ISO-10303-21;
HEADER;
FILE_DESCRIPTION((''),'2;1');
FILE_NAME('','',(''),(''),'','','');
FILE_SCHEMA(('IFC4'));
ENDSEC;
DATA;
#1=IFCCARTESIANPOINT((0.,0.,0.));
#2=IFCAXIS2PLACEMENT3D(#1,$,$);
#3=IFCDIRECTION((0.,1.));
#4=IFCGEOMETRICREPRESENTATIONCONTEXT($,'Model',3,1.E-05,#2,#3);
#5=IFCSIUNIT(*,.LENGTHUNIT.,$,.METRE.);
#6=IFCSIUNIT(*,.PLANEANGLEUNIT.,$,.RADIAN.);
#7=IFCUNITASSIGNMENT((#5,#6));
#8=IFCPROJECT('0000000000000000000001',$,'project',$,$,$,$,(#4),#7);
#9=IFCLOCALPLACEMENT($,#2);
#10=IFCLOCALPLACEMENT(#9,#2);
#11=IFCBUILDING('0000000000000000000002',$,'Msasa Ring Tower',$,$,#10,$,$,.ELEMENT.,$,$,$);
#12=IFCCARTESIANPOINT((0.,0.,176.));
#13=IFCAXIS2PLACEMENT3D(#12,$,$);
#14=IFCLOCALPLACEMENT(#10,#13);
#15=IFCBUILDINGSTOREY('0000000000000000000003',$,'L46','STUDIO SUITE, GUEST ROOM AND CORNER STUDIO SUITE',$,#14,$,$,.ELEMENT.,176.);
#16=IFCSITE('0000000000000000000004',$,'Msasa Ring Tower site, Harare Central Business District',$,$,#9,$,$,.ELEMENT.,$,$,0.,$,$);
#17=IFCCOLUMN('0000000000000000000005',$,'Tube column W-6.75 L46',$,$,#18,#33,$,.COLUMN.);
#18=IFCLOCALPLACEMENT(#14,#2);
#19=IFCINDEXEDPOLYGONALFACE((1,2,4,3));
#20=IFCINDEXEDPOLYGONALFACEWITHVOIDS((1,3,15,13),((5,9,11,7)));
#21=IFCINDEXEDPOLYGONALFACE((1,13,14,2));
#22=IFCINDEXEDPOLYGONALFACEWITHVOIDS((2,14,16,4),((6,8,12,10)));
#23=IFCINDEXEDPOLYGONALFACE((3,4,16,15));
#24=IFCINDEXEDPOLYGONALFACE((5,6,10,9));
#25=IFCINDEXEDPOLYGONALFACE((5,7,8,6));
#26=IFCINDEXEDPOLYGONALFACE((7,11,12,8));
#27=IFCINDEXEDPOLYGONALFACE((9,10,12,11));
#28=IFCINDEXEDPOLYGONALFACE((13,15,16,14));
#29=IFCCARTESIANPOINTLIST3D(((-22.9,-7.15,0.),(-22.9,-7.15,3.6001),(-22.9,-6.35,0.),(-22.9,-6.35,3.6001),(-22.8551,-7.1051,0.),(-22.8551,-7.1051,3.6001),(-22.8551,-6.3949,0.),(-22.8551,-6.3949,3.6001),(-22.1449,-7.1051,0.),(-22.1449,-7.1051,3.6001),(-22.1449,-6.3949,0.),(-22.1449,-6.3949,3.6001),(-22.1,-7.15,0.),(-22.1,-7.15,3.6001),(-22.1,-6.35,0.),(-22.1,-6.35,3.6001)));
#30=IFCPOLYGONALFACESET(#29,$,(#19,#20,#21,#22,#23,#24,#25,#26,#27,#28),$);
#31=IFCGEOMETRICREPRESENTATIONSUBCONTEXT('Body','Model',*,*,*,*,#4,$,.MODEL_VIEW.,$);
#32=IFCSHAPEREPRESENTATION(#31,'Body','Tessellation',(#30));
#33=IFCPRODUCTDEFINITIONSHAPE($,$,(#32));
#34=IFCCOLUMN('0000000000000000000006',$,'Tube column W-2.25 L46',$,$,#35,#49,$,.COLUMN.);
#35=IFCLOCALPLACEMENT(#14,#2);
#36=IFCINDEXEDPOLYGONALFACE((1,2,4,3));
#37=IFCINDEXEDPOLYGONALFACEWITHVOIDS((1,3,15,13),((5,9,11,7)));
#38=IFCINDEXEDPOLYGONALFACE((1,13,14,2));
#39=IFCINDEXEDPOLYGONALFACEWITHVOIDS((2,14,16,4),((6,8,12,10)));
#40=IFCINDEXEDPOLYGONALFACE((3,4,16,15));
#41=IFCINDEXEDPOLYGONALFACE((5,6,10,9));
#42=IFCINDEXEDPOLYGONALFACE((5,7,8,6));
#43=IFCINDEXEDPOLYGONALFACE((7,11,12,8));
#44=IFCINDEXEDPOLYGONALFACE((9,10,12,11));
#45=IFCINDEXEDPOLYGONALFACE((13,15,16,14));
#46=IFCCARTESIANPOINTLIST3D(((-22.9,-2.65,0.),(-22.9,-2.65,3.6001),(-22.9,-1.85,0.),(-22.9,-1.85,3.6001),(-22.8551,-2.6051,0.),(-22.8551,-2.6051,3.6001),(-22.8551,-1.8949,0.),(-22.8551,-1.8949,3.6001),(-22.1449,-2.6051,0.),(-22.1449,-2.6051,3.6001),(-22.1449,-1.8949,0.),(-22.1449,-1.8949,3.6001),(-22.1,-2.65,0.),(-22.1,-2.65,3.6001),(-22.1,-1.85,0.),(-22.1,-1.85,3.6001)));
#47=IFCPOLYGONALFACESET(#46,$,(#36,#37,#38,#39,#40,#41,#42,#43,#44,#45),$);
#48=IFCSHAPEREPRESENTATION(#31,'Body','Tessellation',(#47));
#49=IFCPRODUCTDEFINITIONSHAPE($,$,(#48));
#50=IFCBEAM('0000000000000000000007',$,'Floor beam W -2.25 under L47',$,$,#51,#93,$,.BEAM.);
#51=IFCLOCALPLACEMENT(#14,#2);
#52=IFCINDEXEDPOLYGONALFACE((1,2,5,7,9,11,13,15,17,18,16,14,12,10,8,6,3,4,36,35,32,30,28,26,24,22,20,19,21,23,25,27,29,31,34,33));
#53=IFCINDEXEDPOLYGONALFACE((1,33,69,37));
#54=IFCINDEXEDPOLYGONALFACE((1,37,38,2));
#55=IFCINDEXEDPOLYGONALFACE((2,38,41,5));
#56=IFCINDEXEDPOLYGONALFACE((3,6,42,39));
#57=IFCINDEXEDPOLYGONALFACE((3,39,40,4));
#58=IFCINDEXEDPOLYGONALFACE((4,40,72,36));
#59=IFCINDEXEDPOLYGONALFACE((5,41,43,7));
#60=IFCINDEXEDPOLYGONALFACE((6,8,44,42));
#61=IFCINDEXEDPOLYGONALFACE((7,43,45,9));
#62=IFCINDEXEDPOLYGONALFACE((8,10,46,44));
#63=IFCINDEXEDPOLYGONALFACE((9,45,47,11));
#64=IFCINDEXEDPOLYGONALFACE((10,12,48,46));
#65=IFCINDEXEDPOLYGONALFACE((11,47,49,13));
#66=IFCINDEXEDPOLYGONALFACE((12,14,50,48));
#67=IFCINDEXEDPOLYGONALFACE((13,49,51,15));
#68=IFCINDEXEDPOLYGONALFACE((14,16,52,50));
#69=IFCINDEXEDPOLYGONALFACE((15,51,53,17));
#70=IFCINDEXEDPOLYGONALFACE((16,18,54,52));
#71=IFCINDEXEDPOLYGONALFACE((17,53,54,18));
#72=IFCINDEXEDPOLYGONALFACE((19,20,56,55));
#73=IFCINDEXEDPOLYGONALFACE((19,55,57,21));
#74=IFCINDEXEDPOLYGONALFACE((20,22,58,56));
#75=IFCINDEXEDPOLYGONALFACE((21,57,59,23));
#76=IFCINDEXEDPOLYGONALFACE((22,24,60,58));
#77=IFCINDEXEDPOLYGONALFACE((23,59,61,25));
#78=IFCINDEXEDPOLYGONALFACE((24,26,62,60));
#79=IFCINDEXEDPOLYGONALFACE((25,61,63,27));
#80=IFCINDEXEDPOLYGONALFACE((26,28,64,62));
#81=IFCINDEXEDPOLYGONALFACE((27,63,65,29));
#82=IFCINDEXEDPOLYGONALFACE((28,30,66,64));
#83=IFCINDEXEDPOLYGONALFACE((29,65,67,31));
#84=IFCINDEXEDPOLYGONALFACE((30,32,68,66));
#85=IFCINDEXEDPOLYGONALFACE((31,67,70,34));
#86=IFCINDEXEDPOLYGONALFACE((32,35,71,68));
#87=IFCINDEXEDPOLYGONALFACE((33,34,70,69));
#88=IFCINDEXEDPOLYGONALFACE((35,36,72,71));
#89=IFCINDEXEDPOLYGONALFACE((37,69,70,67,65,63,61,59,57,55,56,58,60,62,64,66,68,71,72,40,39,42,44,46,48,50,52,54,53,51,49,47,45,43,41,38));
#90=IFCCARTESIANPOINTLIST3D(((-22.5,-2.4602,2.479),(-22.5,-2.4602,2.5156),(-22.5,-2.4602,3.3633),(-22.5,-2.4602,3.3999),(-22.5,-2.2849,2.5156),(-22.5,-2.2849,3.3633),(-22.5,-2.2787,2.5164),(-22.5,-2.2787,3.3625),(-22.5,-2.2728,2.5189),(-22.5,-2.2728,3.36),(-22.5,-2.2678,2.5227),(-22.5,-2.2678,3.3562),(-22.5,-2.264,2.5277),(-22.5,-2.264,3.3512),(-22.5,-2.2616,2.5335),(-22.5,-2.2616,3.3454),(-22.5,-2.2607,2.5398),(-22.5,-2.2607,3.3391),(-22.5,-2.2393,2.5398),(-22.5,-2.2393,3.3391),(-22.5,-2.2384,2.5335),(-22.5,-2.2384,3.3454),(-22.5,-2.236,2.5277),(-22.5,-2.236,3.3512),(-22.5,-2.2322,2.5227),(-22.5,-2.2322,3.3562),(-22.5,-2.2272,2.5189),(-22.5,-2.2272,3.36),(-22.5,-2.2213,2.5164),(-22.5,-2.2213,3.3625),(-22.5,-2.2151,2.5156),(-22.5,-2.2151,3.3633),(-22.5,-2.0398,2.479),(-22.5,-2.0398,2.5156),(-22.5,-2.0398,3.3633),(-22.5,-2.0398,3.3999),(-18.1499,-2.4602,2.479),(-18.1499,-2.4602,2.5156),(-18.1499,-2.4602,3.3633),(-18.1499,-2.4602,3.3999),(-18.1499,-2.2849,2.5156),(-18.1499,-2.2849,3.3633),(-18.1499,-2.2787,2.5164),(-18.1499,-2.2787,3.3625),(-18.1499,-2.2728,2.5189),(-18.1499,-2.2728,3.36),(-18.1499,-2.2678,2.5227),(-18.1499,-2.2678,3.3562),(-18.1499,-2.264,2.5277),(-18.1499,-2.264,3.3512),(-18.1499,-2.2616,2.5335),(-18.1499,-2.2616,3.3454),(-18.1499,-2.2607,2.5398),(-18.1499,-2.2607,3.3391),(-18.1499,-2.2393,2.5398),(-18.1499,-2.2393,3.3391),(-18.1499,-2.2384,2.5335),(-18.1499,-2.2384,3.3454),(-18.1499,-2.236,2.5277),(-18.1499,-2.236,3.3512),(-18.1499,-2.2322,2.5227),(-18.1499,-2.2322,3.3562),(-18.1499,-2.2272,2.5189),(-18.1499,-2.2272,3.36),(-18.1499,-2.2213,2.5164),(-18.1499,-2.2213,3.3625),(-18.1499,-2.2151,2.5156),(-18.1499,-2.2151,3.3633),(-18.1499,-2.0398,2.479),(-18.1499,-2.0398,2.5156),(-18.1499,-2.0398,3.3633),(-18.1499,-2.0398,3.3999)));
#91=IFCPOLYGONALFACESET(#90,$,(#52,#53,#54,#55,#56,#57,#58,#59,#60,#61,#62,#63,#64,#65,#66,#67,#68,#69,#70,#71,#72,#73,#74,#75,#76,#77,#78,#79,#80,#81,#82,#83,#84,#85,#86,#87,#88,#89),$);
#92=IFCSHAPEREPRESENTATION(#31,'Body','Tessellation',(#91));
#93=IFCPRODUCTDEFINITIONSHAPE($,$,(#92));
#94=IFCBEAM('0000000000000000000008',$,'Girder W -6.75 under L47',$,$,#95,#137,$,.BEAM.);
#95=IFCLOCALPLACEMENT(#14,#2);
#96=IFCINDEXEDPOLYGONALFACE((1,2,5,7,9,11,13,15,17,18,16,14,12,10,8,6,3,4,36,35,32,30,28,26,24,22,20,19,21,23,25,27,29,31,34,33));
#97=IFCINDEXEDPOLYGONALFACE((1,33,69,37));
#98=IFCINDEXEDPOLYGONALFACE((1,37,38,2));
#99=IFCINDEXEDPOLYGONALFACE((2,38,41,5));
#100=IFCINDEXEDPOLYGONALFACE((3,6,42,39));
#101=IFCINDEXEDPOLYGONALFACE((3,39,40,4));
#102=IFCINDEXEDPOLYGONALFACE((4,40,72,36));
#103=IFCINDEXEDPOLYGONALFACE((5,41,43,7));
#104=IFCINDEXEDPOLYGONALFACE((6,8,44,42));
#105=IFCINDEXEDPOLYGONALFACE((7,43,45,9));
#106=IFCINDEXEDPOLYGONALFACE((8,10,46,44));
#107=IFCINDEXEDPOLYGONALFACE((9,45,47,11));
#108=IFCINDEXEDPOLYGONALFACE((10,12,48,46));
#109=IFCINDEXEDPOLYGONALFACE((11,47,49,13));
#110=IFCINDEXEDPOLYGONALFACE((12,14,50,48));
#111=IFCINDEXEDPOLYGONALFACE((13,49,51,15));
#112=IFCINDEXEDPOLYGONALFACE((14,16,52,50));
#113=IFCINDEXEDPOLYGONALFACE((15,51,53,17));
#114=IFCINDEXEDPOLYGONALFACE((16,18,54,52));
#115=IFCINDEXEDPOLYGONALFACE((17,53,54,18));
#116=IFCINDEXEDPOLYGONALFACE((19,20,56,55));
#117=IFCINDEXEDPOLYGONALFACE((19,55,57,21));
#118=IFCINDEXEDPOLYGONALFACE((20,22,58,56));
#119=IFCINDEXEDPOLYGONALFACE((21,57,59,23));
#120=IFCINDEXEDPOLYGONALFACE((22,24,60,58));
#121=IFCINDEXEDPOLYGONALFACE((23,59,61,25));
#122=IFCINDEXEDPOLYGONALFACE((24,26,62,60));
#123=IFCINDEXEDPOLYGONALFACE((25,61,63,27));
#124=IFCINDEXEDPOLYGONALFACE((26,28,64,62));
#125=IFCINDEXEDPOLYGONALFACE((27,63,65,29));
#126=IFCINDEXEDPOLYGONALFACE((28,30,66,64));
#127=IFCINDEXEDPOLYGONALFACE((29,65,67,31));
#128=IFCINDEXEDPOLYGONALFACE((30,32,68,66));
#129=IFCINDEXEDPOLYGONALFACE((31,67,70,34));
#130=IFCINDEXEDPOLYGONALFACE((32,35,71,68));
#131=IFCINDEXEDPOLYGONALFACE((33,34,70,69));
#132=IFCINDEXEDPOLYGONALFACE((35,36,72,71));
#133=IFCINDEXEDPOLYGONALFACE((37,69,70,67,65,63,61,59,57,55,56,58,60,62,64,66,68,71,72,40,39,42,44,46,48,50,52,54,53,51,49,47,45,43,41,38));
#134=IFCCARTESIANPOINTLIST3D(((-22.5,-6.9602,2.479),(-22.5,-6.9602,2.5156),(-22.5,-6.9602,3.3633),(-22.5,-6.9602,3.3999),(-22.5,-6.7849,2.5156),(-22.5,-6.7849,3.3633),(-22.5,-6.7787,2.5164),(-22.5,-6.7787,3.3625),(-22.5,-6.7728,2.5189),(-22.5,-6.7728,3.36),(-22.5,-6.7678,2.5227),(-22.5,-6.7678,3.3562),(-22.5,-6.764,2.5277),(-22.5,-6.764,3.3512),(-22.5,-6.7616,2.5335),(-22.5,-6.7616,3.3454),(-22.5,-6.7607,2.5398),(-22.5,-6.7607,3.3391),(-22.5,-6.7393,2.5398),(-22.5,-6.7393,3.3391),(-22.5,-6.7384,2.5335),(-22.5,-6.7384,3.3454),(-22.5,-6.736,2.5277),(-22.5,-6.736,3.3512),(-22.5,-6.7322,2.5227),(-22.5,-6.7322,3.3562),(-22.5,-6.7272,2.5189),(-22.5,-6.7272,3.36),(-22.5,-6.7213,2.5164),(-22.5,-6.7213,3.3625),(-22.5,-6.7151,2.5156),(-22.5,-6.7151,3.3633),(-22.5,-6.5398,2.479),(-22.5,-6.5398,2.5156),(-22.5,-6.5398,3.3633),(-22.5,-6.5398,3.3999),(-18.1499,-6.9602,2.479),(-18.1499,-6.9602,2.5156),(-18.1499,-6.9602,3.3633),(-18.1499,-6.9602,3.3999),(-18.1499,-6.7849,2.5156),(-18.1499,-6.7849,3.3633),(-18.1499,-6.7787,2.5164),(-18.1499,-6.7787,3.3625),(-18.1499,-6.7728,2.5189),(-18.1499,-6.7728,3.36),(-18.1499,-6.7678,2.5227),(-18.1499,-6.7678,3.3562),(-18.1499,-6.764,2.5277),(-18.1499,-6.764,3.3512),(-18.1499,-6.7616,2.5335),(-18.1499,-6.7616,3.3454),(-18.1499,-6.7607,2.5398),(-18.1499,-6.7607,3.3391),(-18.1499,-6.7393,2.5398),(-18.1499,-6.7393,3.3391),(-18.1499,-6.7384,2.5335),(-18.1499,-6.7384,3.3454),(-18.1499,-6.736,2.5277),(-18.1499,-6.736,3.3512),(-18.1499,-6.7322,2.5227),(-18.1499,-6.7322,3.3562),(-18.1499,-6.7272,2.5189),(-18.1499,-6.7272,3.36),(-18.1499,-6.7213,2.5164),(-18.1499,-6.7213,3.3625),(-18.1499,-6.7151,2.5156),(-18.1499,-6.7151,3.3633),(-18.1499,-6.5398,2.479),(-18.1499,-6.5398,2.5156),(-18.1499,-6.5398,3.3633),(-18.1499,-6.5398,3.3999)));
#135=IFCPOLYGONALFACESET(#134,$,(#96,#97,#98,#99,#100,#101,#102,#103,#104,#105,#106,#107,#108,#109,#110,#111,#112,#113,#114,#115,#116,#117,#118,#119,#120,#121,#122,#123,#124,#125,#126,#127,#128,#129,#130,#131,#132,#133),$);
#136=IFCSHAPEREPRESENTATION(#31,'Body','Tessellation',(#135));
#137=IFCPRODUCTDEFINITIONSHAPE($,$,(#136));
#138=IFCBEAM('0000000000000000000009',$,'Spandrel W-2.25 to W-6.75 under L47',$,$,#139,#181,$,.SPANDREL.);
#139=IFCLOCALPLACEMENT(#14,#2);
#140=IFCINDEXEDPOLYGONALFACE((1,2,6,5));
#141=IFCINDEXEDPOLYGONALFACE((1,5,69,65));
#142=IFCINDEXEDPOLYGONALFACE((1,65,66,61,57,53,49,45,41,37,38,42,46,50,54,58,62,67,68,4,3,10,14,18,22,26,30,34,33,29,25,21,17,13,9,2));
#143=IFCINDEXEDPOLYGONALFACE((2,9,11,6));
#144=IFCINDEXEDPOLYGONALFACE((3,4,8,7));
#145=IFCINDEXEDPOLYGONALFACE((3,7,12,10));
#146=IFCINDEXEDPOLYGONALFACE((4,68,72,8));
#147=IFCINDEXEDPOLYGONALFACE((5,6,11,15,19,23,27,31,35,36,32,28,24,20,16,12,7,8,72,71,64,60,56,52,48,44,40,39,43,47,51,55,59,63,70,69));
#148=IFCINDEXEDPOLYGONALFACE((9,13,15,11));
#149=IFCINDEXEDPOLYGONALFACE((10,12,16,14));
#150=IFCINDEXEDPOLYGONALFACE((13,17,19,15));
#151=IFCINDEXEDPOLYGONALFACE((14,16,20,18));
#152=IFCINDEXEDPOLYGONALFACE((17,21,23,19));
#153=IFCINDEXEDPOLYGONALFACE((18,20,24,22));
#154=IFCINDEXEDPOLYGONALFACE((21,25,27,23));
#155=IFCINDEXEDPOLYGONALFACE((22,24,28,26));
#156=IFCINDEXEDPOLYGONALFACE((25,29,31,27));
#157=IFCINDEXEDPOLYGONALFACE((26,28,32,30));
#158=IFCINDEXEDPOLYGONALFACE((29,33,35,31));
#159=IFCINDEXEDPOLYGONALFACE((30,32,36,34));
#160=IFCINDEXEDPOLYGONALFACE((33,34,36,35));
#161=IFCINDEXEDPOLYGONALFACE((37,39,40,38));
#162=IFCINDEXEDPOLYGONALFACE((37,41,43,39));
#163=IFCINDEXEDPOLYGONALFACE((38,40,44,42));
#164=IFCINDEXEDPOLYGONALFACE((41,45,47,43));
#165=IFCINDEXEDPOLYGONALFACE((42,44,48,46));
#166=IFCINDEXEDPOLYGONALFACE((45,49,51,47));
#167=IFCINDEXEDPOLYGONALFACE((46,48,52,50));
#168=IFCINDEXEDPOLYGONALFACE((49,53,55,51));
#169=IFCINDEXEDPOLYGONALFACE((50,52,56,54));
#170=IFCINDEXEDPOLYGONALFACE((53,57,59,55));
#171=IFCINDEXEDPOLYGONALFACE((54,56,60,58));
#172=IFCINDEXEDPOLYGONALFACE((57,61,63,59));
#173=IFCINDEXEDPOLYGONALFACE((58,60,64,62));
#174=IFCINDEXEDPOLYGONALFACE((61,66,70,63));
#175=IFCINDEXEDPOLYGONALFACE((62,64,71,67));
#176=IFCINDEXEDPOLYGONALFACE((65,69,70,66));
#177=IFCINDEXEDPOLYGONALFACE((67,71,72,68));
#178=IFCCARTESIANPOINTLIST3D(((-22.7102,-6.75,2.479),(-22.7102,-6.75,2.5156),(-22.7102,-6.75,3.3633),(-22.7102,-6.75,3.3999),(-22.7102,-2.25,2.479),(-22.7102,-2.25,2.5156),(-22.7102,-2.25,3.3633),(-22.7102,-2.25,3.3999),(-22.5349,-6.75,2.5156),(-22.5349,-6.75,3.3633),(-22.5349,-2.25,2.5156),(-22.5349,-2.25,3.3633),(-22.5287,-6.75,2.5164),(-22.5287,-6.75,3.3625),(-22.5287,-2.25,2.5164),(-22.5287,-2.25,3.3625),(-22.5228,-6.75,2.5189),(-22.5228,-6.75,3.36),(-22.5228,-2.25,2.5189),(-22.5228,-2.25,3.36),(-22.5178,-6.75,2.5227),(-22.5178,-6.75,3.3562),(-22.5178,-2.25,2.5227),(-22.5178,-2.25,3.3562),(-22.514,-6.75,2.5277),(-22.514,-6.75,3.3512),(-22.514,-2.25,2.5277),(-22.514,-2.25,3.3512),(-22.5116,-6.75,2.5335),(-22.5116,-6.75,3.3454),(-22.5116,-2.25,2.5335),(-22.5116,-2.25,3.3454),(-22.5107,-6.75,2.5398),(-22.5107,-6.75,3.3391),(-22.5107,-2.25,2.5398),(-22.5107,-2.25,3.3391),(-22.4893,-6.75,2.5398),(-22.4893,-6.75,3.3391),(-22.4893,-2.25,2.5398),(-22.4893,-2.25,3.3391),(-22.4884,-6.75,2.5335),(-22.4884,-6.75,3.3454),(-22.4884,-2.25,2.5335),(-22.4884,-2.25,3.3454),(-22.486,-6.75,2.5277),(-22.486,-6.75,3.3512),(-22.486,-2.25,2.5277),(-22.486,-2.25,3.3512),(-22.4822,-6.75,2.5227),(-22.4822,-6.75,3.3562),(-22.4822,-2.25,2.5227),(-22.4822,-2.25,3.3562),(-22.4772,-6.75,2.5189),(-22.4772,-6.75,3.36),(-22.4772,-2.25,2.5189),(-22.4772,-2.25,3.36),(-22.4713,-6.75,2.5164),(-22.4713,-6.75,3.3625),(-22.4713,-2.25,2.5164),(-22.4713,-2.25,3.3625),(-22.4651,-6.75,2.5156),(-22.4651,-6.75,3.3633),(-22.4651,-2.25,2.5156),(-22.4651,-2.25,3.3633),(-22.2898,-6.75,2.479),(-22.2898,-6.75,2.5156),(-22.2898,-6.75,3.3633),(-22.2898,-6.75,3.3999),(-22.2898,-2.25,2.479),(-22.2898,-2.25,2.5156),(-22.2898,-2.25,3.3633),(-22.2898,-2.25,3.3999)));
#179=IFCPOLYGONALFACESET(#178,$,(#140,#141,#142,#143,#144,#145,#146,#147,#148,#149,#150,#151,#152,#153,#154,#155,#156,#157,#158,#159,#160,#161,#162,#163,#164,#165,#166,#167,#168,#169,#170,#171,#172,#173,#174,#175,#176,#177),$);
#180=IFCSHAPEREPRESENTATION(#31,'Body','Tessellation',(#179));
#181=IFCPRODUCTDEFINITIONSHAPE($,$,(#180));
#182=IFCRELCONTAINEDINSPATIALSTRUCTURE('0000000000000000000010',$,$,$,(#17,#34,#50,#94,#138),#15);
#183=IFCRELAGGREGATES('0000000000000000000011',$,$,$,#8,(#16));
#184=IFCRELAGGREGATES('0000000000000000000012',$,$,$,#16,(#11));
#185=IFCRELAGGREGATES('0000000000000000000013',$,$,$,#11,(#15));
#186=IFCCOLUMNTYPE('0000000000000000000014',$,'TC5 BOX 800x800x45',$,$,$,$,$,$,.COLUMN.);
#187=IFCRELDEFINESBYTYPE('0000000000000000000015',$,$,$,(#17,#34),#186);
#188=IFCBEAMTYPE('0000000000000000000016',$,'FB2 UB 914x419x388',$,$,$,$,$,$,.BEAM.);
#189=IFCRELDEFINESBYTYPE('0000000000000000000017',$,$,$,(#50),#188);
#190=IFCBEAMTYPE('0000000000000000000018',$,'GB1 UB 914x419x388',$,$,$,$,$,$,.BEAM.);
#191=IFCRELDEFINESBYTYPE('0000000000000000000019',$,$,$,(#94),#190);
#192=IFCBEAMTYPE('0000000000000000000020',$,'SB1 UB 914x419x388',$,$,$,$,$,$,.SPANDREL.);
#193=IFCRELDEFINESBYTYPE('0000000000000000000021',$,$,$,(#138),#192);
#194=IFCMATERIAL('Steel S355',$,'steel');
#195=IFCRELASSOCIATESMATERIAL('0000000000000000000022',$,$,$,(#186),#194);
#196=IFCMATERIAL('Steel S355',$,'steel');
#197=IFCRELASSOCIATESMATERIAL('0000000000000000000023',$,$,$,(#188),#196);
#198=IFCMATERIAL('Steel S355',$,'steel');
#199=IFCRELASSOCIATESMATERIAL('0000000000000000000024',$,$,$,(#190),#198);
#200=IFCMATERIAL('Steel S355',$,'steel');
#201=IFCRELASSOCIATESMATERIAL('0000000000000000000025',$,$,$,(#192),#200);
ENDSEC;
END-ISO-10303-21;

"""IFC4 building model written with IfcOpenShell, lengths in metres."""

from ifc_helpers import new_model, si_unit, direction, frame, origin, origin_2d, place, context, subcontext, project, spatial, hollow_rectangle, i_section, extrude, material, material_profile, profile_set, type_object, element, save


model = new_model("IFC4")

# Units and contexts
model_context = context("Model", 3, precision=1e-05, world=origin(), true_north=direction((0.0, 1.0)))
body_context = subcontext(model_context, "Body", "Model", "MODEL_VIEW")
ifc_project = project(units=[si_unit("LENGTHUNIT", "METRE"), si_unit("PLANEANGLEUNIT", "RADIAN")], contexts=[model_context])

# Site, building, storey
site_placement = place(None, origin())
site = spatial("IfcSite", under=ifc_project, at=site_placement, Name="Msasa Ring Tower site, Harare Central Business District", CompositionType="ELEMENT", RefElevation=0.0)
building_placement = place(site_placement, origin())
building = spatial("IfcBuilding", under=site, at=building_placement, Name="Msasa Ring Tower", CompositionType="ELEMENT")
storey_placement = place(building_placement, frame((0.0, 0.0, 176.0)))
storey = spatial("IfcBuildingStorey", under=building, at=storey_placement, Name="L46", Description="STUDIO SUITE, GUEST ROOM AND CORNER STUDIO SUITE", CompositionType="ELEMENT", Elevation=176.0)

# Columns
ifc_material_1 = material(Name="Steel S355", Category="steel")
ifc_material_profile_1 = material_profile(ifc_material_1, hollow_rectangle(XDim=0.8, YDim=0.8, WallThickness=0.0449, at=origin_2d()), Name="BOX 800x800x45")
ifc_profile_set_1 = profile_set([ifc_material_profile_1], Name="Steel S355")
column_type = type_object("IfcColumnType", Name="TC5 BOX 800x800x45", PredefinedType="COLUMN", material=ifc_profile_set_1)
for number, where, z_axis, x_axis, name in (
    (1, (-22.5, -6.75, 0.0), (0.0, 0.0, 1.0), (1.0, 0.0, 0.0), "Tube column W-6.75 L46"),
    (2, (-22.5, -2.25, 0.0), (0.0, 0.0, 1.0), (1.0, 0.0, 0.0), "Tube column W-2.25 L46"),
):
    element("IfcColumn", number, at=place(storey_placement, frame(where, z_axis=z_axis, x_axis=x_axis)), inside=storey, type_object=column_type, Name=name, PredefinedType="COLUMN", context=body_context, shape_type="SweptSolid", body=[
        extrude(hollow_rectangle(XDim=0.8, YDim=0.8, WallThickness=0.0449, at=origin_2d()), origin(), (0.0, 0.0, 1.0), 3.6001),
    ])

# Beams
ifc_material_2 = material(Name="Steel S355", Category="steel")
ifc_material_profile_2 = material_profile(ifc_material_2, i_section(OverallWidth=0.4204, OverallDepth=0.9209, WebThickness=0.0215, FlangeThickness=0.0366, FilletRadius=0.0242, at=origin_2d()), Name="UB 914x419x388")
ifc_profile_set_2 = profile_set([ifc_material_profile_2], Name="Steel S355")
beam_type_1 = type_object("IfcBeamType", Name="FB2 UB 914x419x388", PredefinedType="BEAM", material=ifc_profile_set_2)
beam_1_placement = place(storey_placement, frame((-22.5, -2.25, 2.9395), z_axis=(1.0, 0.0, 0.0), x_axis=(0.0, 1.0, 0.0)))
element("IfcBeam", 3, at=beam_1_placement, inside=storey, type_object=beam_type_1, Name="Floor beam W -2.25 under L47", PredefinedType="BEAM", context=body_context, shape_type="SweptSolid", body=[
    extrude(i_section(OverallWidth=0.4204, OverallDepth=0.9209, WebThickness=0.0215, FlangeThickness=0.0366, FilletRadius=0.0242, at=origin_2d()), origin(), (0.0, 0.0, 1.0), 4.3501),
])
ifc_material_3 = material(Name="Steel S355", Category="steel")
ifc_material_profile_3 = material_profile(ifc_material_3, i_section(OverallWidth=0.4204, OverallDepth=0.9209, WebThickness=0.0215, FlangeThickness=0.0366, FilletRadius=0.0242, at=origin_2d()), Name="UB 914x419x388")
ifc_profile_set_3 = profile_set([ifc_material_profile_3], Name="Steel S355")
beam_type_2 = type_object("IfcBeamType", Name="GB1 UB 914x419x388", PredefinedType="BEAM", material=ifc_profile_set_3)
beam_2_placement = place(storey_placement, frame((-18.1499, -6.75, 2.9395), z_axis=(-1.0, 0.0, 0.0), x_axis=(0.0, -1.0, 0.0)))
element("IfcBeam", 4, at=beam_2_placement, inside=storey, type_object=beam_type_2, Name="Girder W -6.75 under L47", PredefinedType="BEAM", context=body_context, shape_type="SweptSolid", body=[
    extrude(i_section(OverallWidth=0.4204, OverallDepth=0.9209, WebThickness=0.0215, FlangeThickness=0.0366, FilletRadius=0.0242, at=origin_2d()), origin(), (0.0, 0.0, 1.0), 4.3501),
])
ifc_material_4 = material(Name="Steel S355", Category="steel")
ifc_material_profile_4 = material_profile(ifc_material_4, i_section(OverallWidth=0.4204, OverallDepth=0.9209, WebThickness=0.0215, FlangeThickness=0.0366, FilletRadius=0.0242, at=origin_2d()), Name="UB 914x419x388")
ifc_profile_set_4 = profile_set([ifc_material_profile_4], Name="Steel S355")
beam_type_3 = type_object("IfcBeamType", Name="SB1 UB 914x419x388", PredefinedType="SPANDREL", material=ifc_profile_set_4)
for number, where, z_axis, x_axis, name in (
    (5, (-22.5, -2.25, 2.9395), (0.0, -1.0, 0.0), (1.0, 0.0, 0.0), "Spandrel W-2.25 to W-6.75 under L47"),
):
    element("IfcBeam", number, at=place(storey_placement, frame(where, z_axis=z_axis, x_axis=x_axis)), inside=storey, type_object=beam_type_3, Name=name, PredefinedType="SPANDREL", context=body_context, shape_type="SweptSolid", body=[
        extrude(i_section(OverallWidth=0.4204, OverallDepth=0.9209, WebThickness=0.0215, FlangeThickness=0.0366, FilletRadius=0.0242, at=origin_2d()), origin(), (0.0, 0.0, 1.0), 4.5),
    ])

save(model, "model.ifc")
